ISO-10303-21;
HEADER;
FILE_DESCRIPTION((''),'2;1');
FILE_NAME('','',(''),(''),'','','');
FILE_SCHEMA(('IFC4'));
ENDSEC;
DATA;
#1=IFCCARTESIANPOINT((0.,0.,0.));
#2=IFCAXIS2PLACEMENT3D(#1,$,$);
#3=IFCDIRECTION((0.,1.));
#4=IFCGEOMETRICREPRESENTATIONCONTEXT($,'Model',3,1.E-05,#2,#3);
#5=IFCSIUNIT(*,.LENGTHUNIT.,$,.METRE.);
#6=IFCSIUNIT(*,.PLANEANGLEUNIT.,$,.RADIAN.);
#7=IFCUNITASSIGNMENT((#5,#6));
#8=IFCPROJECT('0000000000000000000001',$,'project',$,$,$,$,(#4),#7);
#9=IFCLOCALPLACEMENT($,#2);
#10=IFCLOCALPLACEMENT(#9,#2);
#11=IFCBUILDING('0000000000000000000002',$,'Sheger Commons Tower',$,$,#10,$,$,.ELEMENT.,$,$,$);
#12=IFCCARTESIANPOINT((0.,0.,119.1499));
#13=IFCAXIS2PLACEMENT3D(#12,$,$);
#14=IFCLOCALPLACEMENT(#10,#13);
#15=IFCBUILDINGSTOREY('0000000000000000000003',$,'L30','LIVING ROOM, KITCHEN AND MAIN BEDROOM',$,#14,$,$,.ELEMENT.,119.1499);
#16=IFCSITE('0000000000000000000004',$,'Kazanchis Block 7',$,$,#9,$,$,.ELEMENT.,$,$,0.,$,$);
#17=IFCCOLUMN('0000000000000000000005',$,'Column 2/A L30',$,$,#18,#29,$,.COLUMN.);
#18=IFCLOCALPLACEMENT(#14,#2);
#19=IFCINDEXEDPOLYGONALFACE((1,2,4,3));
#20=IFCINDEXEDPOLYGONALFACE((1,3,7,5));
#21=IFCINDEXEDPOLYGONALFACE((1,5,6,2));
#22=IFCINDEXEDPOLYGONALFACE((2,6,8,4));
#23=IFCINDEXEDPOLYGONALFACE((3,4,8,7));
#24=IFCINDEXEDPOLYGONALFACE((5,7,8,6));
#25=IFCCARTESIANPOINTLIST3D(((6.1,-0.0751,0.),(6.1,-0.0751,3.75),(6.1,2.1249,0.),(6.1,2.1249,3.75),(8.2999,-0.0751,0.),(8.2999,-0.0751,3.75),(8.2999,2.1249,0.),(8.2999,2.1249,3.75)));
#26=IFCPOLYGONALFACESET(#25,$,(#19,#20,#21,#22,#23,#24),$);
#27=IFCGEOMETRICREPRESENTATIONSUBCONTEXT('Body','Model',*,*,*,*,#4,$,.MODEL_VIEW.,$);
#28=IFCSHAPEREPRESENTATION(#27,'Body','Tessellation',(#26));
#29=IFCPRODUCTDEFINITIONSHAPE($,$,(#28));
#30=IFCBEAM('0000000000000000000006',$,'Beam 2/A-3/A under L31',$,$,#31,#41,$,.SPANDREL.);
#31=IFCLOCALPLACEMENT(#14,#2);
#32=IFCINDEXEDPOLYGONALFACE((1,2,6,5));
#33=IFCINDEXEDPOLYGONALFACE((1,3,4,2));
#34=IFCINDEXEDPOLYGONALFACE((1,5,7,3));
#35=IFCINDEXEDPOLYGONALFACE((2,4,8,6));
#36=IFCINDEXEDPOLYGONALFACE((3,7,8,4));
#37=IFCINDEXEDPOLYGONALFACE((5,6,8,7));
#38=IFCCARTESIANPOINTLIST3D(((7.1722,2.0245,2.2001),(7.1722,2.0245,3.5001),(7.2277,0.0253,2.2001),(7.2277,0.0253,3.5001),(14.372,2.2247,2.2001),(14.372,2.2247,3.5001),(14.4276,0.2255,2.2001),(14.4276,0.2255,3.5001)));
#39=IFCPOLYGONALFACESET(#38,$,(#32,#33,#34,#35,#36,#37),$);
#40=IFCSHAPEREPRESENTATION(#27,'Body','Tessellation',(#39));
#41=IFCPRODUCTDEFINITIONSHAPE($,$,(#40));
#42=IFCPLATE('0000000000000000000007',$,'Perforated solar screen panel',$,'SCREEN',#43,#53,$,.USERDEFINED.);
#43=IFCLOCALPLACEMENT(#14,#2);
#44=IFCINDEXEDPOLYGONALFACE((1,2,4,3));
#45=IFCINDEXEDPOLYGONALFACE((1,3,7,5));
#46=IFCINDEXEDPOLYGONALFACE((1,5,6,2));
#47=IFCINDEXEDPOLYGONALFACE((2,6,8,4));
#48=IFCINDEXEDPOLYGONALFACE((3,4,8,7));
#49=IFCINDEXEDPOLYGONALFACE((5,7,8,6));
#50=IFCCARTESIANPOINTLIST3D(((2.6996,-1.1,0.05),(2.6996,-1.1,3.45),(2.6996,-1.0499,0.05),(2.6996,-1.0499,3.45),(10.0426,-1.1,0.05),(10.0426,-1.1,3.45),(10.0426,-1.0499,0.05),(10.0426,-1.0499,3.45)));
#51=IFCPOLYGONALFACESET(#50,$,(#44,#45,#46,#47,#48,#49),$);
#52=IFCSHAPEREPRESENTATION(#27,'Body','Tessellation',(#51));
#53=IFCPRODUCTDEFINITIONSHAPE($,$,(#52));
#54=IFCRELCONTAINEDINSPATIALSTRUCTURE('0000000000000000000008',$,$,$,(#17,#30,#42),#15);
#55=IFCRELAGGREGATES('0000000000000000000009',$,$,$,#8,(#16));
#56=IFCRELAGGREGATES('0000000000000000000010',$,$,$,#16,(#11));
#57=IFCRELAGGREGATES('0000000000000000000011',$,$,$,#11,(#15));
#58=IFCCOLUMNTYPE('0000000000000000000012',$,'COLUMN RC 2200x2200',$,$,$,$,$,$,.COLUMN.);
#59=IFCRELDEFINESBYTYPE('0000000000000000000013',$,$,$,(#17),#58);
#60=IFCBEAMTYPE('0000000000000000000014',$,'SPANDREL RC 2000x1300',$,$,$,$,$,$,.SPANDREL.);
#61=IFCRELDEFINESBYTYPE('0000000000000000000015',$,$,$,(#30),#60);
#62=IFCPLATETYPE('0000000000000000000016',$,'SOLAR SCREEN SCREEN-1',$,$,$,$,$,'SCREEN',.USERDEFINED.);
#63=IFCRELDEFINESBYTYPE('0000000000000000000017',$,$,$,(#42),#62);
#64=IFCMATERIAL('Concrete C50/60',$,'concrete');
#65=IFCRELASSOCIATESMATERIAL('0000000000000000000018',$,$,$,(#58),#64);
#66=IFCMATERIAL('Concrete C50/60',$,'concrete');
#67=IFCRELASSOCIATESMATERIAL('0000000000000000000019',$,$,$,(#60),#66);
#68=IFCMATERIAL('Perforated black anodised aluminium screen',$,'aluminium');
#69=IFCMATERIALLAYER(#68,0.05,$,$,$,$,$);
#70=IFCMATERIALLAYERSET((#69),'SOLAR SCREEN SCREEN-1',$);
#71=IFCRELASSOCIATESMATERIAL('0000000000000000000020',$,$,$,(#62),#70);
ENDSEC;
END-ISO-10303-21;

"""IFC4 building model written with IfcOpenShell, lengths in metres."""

from ifc_helpers import new_model, si_unit, direction, frame, origin, origin_2d, place, context, subcontext, project, spatial, rectangle, extrude, material, layer, layer_set, material_profile, profile_set, type_object, element, save


model = new_model("IFC4")

# Units and contexts
model_context = context("Model", 3, precision=1e-05, world=origin(), true_north=direction((0.0, 1.0)))
body_context = subcontext(model_context, "Body", "Model", "MODEL_VIEW")
ifc_project = project(units=[si_unit("LENGTHUNIT", "METRE"), si_unit("PLANEANGLEUNIT", "RADIAN")], contexts=[model_context])

# Site, building, storey
site_placement = place(None, origin())
site = spatial("IfcSite", under=ifc_project, at=site_placement, Name="Kazanchis Block 7", CompositionType="ELEMENT", RefElevation=0.0)
building_placement = place(site_placement, origin())
building = spatial("IfcBuilding", under=site, at=building_placement, Name="Sheger Commons Tower", CompositionType="ELEMENT")
storey_placement = place(building_placement, frame((0.0, 0.0, 119.1499)))
storey = spatial("IfcBuildingStorey", under=building, at=storey_placement, Name="L30", Description="LIVING ROOM, KITCHEN AND MAIN BEDROOM", CompositionType="ELEMENT", Elevation=119.1499)

# Column
ifc_material_1 = material(Name="Concrete C50/60", Category="concrete")
ifc_material_profile_1 = material_profile(ifc_material_1, rectangle(XDim=2.2, YDim=2.2, at=origin_2d()), Name="RC 2200x2200")
ifc_profile_set_1 = profile_set([ifc_material_profile_1], Name="Concrete C50/60")
column_type = type_object("IfcColumnType", Name="COLUMN RC 2200x2200", PredefinedType="COLUMN", material=ifc_profile_set_1)
column_placement = place(storey_placement, frame((7.2, 1.0249, 0.0), z_axis=(0.0, 0.0, 1.0), x_axis=(1.0, 0.0, 0.0)))
element("IfcColumn", 1, at=column_placement, inside=storey, type_object=column_type, Name="Column 2/A L30", PredefinedType="COLUMN", context=body_context, shape_type="SweptSolid", body=[
    extrude(rectangle(XDim=2.2, YDim=2.2, at=origin_2d()), origin(), (0.0, 0.0, 1.0), 3.75),
])

# Beam
ifc_material_2 = material(Name="Concrete C50/60", Category="concrete")
ifc_material_profile_2 = material_profile(ifc_material_2, rectangle(XDim=2.0, YDim=1.3, at=origin_2d()), Name="RC 2000x1300")
ifc_profile_set_2 = profile_set([ifc_material_profile_2], Name="Concrete C50/60")
beam_type = type_object("IfcBeamType", Name="SPANDREL RC 2000x1300", PredefinedType="SPANDREL", material=ifc_profile_set_2)
beam_placement = place(storey_placement, frame((7.2, 1.0249, 2.8501), z_axis=(0.999614, 0.027794, 0.0), x_axis=(-0.027794, 0.999614, 0.0)))
element("IfcBeam", 2, at=beam_placement, inside=storey, type_object=beam_type, Name="Beam 2/A-3/A under L31", PredefinedType="SPANDREL", context=body_context, shape_type="SweptSolid", body=[
    extrude(rectangle(XDim=2.0, YDim=1.3, at=origin_2d()), origin(), (0.0, 0.0, 1.0), 7.2026),
])

# Plate
ifc_material_3 = material(Name="Perforated black anodised aluminium screen", Category="aluminium")
ifc_layer_1 = layer(ifc_material_3, 0.05)
ifc_layer_set_1 = layer_set([ifc_layer_1], Name="SOLAR SCREEN SCREEN-1")
plate_type = type_object("IfcPlateType", Name="SOLAR SCREEN SCREEN-1", ElementType="SCREEN", PredefinedType="USERDEFINED", material=ifc_layer_set_1)
plate_placement = place(storey_placement, frame((6.3711, -1.075, 0.05), z_axis=(0.0, 0.0, 1.0), x_axis=(1.0, 0.0, 0.0)))
element("IfcPlate", 3, at=plate_placement, inside=storey, type_object=plate_type, Name="Perforated solar screen panel", ObjectType="SCREEN", PredefinedType="USERDEFINED", context=body_context, shape_type="SweptSolid", body=[
    extrude(rectangle(XDim=7.343, YDim=0.05, at=origin_2d()), origin(), (0.0, 0.0, 1.0), 3.3999),
])

save(model, "model.ifc")
